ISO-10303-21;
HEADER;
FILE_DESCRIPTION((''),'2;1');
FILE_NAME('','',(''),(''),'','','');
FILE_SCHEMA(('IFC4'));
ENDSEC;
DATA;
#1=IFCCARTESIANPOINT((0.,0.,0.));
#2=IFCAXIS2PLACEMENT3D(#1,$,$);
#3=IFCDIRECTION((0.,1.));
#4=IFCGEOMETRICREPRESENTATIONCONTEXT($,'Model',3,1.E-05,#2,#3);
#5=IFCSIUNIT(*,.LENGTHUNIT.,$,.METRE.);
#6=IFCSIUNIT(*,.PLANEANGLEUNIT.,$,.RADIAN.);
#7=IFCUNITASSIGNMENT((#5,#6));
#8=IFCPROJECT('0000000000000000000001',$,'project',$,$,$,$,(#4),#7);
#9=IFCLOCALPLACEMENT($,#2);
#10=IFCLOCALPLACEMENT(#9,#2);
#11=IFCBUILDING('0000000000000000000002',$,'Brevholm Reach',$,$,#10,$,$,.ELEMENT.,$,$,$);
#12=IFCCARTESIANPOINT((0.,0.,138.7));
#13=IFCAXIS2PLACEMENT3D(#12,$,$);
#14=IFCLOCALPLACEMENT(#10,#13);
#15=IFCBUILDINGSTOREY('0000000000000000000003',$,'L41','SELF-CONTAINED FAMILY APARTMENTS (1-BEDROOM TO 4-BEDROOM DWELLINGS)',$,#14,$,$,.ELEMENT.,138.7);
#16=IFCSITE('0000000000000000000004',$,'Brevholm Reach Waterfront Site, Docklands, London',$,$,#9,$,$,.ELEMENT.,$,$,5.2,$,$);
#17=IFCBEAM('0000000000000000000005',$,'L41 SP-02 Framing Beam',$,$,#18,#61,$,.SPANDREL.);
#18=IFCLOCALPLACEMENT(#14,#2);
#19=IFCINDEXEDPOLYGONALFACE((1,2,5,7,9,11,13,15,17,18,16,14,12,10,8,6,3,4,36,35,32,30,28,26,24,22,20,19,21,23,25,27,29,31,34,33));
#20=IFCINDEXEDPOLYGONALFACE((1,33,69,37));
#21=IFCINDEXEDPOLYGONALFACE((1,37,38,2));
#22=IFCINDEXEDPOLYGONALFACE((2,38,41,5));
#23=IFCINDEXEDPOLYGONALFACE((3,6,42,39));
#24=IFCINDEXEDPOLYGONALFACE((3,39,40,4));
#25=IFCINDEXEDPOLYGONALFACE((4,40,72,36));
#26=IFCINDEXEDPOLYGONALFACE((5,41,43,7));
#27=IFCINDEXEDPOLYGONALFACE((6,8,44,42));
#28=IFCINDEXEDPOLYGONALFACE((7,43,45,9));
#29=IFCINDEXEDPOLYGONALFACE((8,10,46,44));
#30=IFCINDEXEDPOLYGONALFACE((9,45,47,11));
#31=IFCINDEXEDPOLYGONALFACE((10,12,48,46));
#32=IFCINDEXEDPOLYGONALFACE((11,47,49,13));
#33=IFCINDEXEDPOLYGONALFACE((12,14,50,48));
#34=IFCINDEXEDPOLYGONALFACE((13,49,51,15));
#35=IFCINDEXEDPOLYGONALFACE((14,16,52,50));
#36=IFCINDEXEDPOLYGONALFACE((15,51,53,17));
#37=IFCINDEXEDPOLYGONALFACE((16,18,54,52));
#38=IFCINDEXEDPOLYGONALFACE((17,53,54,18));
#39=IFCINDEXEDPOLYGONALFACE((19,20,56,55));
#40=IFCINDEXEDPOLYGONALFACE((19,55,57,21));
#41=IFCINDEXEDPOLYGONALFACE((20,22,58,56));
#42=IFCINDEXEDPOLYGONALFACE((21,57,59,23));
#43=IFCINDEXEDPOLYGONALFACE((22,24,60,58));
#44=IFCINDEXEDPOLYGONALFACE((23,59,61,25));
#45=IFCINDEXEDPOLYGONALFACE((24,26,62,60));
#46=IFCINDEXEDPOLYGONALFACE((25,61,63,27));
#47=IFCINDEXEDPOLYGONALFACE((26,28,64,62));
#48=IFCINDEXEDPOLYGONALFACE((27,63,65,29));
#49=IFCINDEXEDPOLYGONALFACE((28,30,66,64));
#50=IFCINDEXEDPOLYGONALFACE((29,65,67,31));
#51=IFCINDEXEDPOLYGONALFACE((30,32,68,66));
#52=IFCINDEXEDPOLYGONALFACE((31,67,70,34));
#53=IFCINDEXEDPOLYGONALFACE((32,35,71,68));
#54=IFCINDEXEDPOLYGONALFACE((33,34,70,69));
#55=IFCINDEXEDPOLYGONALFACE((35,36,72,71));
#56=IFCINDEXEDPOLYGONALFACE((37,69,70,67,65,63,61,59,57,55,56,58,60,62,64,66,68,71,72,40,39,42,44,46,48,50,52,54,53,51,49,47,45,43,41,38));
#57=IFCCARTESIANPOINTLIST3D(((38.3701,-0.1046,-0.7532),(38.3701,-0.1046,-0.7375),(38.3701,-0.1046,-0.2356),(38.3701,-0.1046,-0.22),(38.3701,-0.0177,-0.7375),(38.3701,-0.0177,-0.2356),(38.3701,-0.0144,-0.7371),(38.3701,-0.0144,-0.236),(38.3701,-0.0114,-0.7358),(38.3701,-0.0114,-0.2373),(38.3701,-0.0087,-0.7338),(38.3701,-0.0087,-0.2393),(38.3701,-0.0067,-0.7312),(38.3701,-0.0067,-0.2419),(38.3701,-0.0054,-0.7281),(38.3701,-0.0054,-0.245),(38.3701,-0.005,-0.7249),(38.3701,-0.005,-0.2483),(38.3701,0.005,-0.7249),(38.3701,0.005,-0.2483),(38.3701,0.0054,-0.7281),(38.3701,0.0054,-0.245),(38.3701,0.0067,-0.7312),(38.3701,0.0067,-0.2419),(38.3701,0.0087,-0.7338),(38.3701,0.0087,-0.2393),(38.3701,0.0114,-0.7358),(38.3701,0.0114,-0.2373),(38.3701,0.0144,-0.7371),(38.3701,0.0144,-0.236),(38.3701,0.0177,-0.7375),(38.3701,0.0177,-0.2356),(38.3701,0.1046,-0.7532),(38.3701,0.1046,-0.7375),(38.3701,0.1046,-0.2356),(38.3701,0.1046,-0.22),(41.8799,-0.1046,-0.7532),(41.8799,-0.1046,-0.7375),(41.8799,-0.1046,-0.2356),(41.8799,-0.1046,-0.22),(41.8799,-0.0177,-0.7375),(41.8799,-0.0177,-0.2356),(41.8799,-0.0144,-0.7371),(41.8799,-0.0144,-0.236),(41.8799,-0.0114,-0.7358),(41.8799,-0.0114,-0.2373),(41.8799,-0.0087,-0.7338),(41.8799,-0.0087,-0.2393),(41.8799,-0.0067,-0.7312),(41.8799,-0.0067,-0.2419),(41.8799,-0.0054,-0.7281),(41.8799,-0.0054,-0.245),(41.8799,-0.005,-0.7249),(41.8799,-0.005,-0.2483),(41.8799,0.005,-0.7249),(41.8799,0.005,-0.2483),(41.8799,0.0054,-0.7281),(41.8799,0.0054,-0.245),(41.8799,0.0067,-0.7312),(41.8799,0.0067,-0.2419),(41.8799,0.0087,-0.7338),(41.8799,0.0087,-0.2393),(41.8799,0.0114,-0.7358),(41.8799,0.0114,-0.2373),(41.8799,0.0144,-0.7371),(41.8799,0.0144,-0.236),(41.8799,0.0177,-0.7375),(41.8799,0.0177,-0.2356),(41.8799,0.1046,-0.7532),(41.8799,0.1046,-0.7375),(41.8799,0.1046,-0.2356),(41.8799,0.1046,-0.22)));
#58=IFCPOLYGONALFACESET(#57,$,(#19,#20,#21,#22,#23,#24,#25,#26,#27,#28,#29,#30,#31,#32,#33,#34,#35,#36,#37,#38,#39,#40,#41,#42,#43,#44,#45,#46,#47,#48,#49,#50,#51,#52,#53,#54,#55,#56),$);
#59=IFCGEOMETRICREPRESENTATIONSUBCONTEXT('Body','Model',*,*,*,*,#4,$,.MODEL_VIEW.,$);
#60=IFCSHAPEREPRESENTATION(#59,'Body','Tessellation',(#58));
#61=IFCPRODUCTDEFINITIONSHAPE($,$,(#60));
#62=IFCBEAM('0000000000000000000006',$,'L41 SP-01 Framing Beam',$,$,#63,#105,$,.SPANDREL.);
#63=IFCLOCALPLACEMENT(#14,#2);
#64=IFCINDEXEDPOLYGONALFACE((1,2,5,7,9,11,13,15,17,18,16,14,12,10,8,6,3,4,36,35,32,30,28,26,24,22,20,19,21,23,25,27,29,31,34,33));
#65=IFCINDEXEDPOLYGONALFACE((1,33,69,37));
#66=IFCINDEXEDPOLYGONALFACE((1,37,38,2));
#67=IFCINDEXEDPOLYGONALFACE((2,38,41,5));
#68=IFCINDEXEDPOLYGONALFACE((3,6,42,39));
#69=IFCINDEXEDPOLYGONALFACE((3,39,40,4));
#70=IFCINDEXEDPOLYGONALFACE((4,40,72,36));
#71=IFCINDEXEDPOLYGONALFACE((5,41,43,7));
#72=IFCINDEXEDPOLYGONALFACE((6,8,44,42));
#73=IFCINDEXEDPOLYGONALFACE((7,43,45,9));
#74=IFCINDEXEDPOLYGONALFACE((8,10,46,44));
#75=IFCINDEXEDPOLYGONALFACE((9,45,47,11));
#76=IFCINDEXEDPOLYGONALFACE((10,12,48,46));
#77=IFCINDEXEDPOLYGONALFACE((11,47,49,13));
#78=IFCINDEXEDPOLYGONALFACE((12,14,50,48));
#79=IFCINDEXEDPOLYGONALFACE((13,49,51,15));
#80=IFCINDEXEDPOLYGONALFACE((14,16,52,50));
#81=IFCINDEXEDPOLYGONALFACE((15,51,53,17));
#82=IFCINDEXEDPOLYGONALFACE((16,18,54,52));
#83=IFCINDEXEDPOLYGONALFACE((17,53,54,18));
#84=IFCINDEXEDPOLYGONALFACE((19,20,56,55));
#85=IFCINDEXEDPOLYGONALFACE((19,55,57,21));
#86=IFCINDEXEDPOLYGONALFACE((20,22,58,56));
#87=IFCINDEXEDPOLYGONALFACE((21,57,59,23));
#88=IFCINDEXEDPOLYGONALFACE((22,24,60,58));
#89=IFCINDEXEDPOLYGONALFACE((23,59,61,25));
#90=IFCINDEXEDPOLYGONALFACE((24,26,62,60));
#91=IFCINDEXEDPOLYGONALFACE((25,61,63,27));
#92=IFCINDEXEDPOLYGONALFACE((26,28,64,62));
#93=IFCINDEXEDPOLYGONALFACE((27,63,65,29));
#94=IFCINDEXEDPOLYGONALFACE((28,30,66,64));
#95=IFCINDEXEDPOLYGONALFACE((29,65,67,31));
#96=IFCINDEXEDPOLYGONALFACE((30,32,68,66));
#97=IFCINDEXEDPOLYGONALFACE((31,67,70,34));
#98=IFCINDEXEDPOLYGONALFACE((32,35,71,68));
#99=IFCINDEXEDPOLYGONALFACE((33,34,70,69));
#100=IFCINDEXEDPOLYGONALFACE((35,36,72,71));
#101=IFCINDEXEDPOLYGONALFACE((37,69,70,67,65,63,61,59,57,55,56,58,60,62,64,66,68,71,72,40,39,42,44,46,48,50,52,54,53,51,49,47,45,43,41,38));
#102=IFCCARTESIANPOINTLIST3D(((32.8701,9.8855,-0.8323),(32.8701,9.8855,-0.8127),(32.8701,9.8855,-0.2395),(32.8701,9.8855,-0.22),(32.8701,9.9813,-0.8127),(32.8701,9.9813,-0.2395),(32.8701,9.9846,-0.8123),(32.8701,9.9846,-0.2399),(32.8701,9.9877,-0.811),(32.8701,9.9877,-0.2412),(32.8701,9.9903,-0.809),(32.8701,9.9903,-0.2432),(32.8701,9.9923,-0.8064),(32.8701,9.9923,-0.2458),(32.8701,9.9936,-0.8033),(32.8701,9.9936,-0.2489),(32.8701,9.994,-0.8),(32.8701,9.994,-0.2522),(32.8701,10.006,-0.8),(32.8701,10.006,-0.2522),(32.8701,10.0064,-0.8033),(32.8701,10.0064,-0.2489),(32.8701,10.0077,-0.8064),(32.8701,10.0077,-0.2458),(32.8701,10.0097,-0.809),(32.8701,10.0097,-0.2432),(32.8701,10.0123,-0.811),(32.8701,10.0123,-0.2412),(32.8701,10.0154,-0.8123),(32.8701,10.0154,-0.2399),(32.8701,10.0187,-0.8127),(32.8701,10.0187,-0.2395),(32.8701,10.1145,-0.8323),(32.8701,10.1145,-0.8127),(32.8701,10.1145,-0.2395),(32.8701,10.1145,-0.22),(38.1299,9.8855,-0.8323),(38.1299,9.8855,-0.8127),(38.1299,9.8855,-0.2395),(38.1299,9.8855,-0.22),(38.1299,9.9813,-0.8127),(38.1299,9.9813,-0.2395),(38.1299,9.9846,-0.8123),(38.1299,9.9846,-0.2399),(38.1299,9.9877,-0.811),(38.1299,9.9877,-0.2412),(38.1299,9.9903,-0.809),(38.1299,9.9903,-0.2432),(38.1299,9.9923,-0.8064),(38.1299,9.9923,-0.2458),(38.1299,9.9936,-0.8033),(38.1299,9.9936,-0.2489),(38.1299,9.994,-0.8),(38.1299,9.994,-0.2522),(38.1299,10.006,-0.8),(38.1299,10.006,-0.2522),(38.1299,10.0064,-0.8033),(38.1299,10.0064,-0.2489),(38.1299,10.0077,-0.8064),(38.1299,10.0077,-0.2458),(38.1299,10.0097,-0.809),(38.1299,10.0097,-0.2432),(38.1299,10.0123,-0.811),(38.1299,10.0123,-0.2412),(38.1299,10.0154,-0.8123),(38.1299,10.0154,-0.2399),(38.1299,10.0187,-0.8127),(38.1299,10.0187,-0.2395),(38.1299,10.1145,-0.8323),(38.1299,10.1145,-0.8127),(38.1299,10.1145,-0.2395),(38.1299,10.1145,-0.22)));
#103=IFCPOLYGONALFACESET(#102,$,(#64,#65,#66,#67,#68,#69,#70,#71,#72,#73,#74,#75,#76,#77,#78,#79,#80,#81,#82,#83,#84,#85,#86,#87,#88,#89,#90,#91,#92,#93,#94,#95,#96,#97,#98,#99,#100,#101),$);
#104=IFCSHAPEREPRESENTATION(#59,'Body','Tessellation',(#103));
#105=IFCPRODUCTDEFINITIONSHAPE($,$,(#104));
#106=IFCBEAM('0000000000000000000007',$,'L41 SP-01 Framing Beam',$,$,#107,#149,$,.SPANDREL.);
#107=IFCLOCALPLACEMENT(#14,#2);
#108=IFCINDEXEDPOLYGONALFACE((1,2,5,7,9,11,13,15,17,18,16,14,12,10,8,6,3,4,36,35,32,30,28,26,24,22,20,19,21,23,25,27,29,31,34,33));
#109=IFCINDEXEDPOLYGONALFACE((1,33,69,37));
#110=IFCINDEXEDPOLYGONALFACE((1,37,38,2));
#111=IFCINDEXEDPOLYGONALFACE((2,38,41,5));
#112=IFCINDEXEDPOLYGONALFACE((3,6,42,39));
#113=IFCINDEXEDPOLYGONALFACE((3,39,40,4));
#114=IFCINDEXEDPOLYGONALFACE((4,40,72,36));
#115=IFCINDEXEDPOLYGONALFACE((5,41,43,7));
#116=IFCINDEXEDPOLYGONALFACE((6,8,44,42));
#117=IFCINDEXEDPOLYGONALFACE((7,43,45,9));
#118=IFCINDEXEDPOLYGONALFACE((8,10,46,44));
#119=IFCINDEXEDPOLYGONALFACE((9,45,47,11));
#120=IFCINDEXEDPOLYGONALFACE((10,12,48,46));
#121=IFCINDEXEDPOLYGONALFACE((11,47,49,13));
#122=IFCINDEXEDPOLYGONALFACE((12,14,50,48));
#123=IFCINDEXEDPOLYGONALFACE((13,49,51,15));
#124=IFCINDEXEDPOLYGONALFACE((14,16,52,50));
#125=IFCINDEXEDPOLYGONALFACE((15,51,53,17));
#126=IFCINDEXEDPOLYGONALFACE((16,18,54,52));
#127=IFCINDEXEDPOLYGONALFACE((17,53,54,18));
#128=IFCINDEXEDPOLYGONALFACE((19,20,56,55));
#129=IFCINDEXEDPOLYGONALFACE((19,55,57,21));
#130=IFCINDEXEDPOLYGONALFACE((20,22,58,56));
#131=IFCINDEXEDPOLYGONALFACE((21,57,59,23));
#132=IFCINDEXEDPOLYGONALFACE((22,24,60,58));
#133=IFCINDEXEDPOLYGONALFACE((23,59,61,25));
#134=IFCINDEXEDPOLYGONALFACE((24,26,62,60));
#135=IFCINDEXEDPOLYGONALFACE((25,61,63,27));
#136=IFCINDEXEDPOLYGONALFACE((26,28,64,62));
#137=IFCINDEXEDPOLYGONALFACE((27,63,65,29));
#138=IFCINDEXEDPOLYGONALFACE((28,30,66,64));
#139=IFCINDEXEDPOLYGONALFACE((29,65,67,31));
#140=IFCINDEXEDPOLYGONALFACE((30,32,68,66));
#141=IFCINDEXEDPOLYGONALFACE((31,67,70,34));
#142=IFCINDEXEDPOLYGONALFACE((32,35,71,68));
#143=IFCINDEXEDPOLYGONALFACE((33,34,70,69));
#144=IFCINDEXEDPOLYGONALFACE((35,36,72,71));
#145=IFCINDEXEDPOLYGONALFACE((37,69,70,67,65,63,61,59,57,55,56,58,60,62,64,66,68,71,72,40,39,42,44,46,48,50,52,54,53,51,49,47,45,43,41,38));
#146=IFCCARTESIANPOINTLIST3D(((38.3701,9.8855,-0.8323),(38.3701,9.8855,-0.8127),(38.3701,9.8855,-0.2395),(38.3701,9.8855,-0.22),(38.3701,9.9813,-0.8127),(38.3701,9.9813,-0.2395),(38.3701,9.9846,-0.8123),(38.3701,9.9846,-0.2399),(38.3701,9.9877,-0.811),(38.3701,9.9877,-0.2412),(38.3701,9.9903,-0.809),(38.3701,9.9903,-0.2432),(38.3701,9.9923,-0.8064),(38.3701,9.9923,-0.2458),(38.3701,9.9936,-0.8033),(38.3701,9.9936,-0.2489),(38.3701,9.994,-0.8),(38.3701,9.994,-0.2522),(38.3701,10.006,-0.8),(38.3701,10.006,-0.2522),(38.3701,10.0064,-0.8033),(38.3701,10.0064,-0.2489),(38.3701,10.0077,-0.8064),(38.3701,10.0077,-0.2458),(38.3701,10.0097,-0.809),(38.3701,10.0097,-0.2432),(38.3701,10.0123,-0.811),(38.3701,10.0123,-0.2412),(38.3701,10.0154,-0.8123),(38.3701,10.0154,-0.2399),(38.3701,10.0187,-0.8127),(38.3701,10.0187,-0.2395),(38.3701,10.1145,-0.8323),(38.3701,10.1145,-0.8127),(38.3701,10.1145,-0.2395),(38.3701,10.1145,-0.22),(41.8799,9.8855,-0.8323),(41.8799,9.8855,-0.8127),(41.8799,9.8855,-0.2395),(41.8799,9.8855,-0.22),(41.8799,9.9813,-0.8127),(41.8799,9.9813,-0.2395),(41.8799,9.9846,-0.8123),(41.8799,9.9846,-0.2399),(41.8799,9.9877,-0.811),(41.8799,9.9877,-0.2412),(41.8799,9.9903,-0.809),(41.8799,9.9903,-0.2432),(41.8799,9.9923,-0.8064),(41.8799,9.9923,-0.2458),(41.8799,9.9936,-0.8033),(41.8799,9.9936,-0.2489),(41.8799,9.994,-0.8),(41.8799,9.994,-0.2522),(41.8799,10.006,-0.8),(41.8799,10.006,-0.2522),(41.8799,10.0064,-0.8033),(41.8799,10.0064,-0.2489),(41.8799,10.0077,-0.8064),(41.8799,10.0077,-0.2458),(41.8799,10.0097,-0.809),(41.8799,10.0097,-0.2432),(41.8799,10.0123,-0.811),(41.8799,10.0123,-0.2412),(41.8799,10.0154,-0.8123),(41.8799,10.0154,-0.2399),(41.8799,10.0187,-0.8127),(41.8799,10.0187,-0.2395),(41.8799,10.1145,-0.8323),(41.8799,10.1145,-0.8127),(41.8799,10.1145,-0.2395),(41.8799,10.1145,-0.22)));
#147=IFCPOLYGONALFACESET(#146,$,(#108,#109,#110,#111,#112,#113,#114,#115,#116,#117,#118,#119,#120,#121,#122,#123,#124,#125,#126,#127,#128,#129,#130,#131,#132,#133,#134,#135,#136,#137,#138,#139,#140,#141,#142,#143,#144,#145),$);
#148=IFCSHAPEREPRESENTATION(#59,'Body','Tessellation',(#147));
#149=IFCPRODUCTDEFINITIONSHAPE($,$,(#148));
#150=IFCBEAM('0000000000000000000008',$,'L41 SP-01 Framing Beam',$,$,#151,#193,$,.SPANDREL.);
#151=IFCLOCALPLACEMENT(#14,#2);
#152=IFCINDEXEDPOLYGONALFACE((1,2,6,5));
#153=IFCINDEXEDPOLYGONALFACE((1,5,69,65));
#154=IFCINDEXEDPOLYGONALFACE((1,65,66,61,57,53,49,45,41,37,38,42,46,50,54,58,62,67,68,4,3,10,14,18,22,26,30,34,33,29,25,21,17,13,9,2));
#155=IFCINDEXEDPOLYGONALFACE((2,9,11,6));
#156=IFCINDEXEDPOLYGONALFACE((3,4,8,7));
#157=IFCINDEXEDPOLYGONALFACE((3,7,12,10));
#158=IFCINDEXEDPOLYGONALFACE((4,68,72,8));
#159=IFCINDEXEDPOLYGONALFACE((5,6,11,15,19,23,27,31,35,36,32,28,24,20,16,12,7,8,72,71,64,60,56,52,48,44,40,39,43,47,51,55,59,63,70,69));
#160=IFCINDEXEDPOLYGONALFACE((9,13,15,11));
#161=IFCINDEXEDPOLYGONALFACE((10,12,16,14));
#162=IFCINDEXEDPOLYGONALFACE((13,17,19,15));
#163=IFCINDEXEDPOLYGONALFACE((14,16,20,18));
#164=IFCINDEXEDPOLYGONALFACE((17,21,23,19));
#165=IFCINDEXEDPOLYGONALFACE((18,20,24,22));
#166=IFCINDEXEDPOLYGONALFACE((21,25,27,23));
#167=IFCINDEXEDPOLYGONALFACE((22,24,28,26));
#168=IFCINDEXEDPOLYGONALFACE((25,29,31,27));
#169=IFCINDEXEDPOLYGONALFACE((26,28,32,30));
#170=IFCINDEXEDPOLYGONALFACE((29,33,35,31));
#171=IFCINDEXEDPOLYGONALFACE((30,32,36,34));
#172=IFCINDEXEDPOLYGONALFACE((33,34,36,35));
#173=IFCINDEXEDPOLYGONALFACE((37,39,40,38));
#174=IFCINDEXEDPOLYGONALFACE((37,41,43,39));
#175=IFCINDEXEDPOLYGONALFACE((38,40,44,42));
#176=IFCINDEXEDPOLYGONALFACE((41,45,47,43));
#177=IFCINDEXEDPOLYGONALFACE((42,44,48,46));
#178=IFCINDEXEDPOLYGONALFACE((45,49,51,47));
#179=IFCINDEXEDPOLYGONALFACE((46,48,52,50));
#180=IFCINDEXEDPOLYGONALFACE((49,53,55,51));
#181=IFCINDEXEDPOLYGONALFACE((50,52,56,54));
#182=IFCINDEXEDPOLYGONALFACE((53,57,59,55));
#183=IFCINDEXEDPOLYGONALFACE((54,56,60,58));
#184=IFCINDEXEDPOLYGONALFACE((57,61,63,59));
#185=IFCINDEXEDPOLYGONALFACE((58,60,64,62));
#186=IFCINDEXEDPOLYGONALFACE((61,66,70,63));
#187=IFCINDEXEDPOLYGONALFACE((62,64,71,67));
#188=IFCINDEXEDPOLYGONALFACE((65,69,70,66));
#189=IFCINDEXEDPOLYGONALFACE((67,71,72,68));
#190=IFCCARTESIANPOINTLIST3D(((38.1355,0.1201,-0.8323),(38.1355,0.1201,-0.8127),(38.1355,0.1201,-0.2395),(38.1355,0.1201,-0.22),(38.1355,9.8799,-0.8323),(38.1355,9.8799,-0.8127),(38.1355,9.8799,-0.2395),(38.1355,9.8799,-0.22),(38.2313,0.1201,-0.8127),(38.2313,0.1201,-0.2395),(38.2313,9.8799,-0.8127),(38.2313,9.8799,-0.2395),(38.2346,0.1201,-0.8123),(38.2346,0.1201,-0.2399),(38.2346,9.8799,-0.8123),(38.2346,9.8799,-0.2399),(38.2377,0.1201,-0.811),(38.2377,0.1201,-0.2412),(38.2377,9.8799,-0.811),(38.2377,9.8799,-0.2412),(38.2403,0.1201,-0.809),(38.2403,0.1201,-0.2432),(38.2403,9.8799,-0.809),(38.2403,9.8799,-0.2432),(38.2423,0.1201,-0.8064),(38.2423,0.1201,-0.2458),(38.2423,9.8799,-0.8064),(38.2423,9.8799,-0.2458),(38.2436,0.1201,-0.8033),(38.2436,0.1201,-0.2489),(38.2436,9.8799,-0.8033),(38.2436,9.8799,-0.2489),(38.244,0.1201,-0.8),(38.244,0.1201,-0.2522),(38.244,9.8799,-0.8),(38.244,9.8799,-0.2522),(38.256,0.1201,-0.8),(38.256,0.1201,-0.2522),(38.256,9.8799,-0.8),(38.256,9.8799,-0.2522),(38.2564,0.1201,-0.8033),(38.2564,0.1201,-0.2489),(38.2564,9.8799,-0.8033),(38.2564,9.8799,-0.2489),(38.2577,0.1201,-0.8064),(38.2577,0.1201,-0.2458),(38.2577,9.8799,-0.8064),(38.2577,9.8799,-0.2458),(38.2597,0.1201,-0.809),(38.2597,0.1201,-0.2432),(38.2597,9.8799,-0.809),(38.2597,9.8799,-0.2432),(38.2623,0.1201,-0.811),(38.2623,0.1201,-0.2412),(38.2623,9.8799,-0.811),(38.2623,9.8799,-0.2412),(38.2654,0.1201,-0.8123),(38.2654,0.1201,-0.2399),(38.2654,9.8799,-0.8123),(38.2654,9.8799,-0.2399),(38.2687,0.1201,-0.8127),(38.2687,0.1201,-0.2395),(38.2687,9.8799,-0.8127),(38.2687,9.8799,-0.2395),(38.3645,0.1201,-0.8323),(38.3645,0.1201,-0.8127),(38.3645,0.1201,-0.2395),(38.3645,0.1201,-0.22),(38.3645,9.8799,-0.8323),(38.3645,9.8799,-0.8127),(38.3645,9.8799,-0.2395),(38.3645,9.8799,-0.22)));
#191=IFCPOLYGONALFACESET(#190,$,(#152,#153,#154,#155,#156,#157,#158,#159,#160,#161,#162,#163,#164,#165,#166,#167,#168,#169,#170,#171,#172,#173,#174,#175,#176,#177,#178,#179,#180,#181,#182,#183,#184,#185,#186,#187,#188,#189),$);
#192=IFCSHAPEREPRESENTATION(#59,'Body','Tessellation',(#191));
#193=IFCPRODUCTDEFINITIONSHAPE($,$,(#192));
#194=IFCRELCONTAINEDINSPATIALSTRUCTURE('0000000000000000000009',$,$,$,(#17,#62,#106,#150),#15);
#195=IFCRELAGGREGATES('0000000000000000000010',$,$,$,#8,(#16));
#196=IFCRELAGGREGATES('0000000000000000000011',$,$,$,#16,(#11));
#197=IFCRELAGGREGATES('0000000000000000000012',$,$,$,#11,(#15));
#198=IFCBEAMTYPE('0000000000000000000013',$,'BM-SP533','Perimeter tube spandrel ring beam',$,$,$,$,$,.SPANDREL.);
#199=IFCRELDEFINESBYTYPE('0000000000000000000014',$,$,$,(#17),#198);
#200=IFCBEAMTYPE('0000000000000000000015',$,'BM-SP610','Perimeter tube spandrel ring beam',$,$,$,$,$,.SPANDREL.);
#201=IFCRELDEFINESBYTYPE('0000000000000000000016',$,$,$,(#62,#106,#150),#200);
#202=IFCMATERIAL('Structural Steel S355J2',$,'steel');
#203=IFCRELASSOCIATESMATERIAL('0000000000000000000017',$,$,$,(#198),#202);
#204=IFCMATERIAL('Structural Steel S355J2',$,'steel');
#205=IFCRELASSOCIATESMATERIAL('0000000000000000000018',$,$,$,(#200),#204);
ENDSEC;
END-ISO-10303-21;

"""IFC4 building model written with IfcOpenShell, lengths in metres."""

from ifc_helpers import new_model, si_unit, direction, frame, origin, origin_2d, place, context, subcontext, project, spatial, i_section, extrude, material, material_profile, profile_set, type_object, element, save


model = new_model("IFC4")

# Units and contexts
model_context = context("Model", 3, precision=1e-05, world=origin(), true_north=direction((0.0, 1.0)))
body_context = subcontext(model_context, "Body", "Model", "MODEL_VIEW")
ifc_project = project(units=[si_unit("LENGTHUNIT", "METRE"), si_unit("PLANEANGLEUNIT", "RADIAN")], contexts=[model_context])

# Site, building, storey
site_placement = place(None, origin())
site = spatial("IfcSite", under=ifc_project, at=site_placement, Name="Brevholm Reach Waterfront Site, Docklands, London", CompositionType="ELEMENT", RefElevation=5.2)
building_placement = place(site_placement, origin())
building = spatial("IfcBuilding", under=site, at=building_placement, Name="Brevholm Reach", CompositionType="ELEMENT")
storey_placement = place(building_placement, frame((0.0, 0.0, 138.7)))
storey = spatial("IfcBuildingStorey", under=building, at=storey_placement, Name="L41", Description="SELF-CONTAINED FAMILY APARTMENTS (1-BEDROOM TO 4-BEDROOM DWELLINGS)", CompositionType="ELEMENT", Elevation=138.7)

# Beams
ifc_material_1 = material(Name="Structural Steel S355J2", Category="steel")
ifc_material_profile_1 = material_profile(ifc_material_1, i_section(OverallWidth=0.2092, OverallDepth=0.5332, WebThickness=0.01, FlangeThickness=0.0156, FilletRadius=0.0127, at=origin_2d()), Name="UKB 533x210x92")
ifc_profile_set_1 = profile_set([ifc_material_profile_1], Name="Structural Steel S355J2")
beam_type_1 = type_object("IfcBeamType", Name="BM-SP533", Description="Perimeter tube spandrel ring beam", PredefinedType="SPANDREL", material=ifc_profile_set_1)
beam_1_placement = place(storey_placement, frame((38.3701, 0.0, -0.4866), z_axis=(1.0, 0.0, 0.0), x_axis=(0.0, 1.0, 0.0)))
element("IfcBeam", 1, at=beam_1_placement, inside=storey, type_object=beam_type_1, Name="L41 SP-02 Framing Beam", PredefinedType="SPANDREL", context=body_context, shape_type="SweptSolid", body=[
    extrude(i_section(OverallWidth=0.2092, OverallDepth=0.5332, WebThickness=0.01, FlangeThickness=0.0156, FilletRadius=0.0127, at=origin_2d()), origin(), (0.0, 0.0, 1.0), 3.5098),
])
ifc_material_2 = material(Name="Structural Steel S355J2", Category="steel")
ifc_material_profile_2 = material_profile(ifc_material_2, i_section(OverallWidth=0.229, OverallDepth=0.6123, WebThickness=0.012, FlangeThickness=0.0195, FilletRadius=0.0127, at=origin_2d()), Name="UKB 610x229x125")
ifc_profile_set_2 = profile_set([ifc_material_profile_2], Name="Structural Steel S355J2")
beam_type_2 = type_object("IfcBeamType", Name="BM-SP610", Description="Perimeter tube spandrel ring beam", PredefinedType="SPANDREL", material=ifc_profile_set_2)
beam_2_placement = place(storey_placement, frame((32.8701, 10.0, -0.5261), z_axis=(1.0, 0.0, 0.0), x_axis=(0.0, 1.0, 0.0)))
element("IfcBeam", 2, at=beam_2_placement, inside=storey, type_object=beam_type_2, Name="L41 SP-01 Framing Beam", PredefinedType="SPANDREL", context=body_context, shape_type="SweptSolid", body=[
    extrude(i_section(OverallWidth=0.229, OverallDepth=0.6123, WebThickness=0.012, FlangeThickness=0.0195, FilletRadius=0.0127, at=origin_2d()), origin(), (0.0, 0.0, 1.0), 5.2598),
])
beam_3_placement = place(storey_placement, frame((38.3701, 10.0, -0.5261), z_axis=(1.0, 0.0, 0.0), x_axis=(0.0, 1.0, 0.0)))
element("IfcBeam", 3, at=beam_3_placement, inside=storey, type_object=beam_type_2, Name="L41 SP-01 Framing Beam", PredefinedType="SPANDREL", context=body_context, shape_type="SweptSolid", body=[
    extrude(i_section(OverallWidth=0.229, OverallDepth=0.6123, WebThickness=0.012, FlangeThickness=0.0195, FilletRadius=0.0127, at=origin_2d()), origin(), (0.0, 0.0, 1.0), 3.5098),
])
beam_4_placement = place(storey_placement, frame((38.25, 0.1201, -0.5261), z_axis=(0.0, 1.0, 0.0), x_axis=(-1.0, 0.0, 0.0)))
element("IfcBeam", 4, at=beam_4_placement, inside=storey, type_object=beam_type_2, Name="L41 SP-01 Framing Beam", PredefinedType="SPANDREL", context=body_context, shape_type="SweptSolid", body=[
    extrude(i_section(OverallWidth=0.229, OverallDepth=0.6123, WebThickness=0.012, FlangeThickness=0.0195, FilletRadius=0.0127, at=origin_2d()), origin(), (0.0, 0.0, 1.0), 9.7598),
])

save(model, "model.ifc")
